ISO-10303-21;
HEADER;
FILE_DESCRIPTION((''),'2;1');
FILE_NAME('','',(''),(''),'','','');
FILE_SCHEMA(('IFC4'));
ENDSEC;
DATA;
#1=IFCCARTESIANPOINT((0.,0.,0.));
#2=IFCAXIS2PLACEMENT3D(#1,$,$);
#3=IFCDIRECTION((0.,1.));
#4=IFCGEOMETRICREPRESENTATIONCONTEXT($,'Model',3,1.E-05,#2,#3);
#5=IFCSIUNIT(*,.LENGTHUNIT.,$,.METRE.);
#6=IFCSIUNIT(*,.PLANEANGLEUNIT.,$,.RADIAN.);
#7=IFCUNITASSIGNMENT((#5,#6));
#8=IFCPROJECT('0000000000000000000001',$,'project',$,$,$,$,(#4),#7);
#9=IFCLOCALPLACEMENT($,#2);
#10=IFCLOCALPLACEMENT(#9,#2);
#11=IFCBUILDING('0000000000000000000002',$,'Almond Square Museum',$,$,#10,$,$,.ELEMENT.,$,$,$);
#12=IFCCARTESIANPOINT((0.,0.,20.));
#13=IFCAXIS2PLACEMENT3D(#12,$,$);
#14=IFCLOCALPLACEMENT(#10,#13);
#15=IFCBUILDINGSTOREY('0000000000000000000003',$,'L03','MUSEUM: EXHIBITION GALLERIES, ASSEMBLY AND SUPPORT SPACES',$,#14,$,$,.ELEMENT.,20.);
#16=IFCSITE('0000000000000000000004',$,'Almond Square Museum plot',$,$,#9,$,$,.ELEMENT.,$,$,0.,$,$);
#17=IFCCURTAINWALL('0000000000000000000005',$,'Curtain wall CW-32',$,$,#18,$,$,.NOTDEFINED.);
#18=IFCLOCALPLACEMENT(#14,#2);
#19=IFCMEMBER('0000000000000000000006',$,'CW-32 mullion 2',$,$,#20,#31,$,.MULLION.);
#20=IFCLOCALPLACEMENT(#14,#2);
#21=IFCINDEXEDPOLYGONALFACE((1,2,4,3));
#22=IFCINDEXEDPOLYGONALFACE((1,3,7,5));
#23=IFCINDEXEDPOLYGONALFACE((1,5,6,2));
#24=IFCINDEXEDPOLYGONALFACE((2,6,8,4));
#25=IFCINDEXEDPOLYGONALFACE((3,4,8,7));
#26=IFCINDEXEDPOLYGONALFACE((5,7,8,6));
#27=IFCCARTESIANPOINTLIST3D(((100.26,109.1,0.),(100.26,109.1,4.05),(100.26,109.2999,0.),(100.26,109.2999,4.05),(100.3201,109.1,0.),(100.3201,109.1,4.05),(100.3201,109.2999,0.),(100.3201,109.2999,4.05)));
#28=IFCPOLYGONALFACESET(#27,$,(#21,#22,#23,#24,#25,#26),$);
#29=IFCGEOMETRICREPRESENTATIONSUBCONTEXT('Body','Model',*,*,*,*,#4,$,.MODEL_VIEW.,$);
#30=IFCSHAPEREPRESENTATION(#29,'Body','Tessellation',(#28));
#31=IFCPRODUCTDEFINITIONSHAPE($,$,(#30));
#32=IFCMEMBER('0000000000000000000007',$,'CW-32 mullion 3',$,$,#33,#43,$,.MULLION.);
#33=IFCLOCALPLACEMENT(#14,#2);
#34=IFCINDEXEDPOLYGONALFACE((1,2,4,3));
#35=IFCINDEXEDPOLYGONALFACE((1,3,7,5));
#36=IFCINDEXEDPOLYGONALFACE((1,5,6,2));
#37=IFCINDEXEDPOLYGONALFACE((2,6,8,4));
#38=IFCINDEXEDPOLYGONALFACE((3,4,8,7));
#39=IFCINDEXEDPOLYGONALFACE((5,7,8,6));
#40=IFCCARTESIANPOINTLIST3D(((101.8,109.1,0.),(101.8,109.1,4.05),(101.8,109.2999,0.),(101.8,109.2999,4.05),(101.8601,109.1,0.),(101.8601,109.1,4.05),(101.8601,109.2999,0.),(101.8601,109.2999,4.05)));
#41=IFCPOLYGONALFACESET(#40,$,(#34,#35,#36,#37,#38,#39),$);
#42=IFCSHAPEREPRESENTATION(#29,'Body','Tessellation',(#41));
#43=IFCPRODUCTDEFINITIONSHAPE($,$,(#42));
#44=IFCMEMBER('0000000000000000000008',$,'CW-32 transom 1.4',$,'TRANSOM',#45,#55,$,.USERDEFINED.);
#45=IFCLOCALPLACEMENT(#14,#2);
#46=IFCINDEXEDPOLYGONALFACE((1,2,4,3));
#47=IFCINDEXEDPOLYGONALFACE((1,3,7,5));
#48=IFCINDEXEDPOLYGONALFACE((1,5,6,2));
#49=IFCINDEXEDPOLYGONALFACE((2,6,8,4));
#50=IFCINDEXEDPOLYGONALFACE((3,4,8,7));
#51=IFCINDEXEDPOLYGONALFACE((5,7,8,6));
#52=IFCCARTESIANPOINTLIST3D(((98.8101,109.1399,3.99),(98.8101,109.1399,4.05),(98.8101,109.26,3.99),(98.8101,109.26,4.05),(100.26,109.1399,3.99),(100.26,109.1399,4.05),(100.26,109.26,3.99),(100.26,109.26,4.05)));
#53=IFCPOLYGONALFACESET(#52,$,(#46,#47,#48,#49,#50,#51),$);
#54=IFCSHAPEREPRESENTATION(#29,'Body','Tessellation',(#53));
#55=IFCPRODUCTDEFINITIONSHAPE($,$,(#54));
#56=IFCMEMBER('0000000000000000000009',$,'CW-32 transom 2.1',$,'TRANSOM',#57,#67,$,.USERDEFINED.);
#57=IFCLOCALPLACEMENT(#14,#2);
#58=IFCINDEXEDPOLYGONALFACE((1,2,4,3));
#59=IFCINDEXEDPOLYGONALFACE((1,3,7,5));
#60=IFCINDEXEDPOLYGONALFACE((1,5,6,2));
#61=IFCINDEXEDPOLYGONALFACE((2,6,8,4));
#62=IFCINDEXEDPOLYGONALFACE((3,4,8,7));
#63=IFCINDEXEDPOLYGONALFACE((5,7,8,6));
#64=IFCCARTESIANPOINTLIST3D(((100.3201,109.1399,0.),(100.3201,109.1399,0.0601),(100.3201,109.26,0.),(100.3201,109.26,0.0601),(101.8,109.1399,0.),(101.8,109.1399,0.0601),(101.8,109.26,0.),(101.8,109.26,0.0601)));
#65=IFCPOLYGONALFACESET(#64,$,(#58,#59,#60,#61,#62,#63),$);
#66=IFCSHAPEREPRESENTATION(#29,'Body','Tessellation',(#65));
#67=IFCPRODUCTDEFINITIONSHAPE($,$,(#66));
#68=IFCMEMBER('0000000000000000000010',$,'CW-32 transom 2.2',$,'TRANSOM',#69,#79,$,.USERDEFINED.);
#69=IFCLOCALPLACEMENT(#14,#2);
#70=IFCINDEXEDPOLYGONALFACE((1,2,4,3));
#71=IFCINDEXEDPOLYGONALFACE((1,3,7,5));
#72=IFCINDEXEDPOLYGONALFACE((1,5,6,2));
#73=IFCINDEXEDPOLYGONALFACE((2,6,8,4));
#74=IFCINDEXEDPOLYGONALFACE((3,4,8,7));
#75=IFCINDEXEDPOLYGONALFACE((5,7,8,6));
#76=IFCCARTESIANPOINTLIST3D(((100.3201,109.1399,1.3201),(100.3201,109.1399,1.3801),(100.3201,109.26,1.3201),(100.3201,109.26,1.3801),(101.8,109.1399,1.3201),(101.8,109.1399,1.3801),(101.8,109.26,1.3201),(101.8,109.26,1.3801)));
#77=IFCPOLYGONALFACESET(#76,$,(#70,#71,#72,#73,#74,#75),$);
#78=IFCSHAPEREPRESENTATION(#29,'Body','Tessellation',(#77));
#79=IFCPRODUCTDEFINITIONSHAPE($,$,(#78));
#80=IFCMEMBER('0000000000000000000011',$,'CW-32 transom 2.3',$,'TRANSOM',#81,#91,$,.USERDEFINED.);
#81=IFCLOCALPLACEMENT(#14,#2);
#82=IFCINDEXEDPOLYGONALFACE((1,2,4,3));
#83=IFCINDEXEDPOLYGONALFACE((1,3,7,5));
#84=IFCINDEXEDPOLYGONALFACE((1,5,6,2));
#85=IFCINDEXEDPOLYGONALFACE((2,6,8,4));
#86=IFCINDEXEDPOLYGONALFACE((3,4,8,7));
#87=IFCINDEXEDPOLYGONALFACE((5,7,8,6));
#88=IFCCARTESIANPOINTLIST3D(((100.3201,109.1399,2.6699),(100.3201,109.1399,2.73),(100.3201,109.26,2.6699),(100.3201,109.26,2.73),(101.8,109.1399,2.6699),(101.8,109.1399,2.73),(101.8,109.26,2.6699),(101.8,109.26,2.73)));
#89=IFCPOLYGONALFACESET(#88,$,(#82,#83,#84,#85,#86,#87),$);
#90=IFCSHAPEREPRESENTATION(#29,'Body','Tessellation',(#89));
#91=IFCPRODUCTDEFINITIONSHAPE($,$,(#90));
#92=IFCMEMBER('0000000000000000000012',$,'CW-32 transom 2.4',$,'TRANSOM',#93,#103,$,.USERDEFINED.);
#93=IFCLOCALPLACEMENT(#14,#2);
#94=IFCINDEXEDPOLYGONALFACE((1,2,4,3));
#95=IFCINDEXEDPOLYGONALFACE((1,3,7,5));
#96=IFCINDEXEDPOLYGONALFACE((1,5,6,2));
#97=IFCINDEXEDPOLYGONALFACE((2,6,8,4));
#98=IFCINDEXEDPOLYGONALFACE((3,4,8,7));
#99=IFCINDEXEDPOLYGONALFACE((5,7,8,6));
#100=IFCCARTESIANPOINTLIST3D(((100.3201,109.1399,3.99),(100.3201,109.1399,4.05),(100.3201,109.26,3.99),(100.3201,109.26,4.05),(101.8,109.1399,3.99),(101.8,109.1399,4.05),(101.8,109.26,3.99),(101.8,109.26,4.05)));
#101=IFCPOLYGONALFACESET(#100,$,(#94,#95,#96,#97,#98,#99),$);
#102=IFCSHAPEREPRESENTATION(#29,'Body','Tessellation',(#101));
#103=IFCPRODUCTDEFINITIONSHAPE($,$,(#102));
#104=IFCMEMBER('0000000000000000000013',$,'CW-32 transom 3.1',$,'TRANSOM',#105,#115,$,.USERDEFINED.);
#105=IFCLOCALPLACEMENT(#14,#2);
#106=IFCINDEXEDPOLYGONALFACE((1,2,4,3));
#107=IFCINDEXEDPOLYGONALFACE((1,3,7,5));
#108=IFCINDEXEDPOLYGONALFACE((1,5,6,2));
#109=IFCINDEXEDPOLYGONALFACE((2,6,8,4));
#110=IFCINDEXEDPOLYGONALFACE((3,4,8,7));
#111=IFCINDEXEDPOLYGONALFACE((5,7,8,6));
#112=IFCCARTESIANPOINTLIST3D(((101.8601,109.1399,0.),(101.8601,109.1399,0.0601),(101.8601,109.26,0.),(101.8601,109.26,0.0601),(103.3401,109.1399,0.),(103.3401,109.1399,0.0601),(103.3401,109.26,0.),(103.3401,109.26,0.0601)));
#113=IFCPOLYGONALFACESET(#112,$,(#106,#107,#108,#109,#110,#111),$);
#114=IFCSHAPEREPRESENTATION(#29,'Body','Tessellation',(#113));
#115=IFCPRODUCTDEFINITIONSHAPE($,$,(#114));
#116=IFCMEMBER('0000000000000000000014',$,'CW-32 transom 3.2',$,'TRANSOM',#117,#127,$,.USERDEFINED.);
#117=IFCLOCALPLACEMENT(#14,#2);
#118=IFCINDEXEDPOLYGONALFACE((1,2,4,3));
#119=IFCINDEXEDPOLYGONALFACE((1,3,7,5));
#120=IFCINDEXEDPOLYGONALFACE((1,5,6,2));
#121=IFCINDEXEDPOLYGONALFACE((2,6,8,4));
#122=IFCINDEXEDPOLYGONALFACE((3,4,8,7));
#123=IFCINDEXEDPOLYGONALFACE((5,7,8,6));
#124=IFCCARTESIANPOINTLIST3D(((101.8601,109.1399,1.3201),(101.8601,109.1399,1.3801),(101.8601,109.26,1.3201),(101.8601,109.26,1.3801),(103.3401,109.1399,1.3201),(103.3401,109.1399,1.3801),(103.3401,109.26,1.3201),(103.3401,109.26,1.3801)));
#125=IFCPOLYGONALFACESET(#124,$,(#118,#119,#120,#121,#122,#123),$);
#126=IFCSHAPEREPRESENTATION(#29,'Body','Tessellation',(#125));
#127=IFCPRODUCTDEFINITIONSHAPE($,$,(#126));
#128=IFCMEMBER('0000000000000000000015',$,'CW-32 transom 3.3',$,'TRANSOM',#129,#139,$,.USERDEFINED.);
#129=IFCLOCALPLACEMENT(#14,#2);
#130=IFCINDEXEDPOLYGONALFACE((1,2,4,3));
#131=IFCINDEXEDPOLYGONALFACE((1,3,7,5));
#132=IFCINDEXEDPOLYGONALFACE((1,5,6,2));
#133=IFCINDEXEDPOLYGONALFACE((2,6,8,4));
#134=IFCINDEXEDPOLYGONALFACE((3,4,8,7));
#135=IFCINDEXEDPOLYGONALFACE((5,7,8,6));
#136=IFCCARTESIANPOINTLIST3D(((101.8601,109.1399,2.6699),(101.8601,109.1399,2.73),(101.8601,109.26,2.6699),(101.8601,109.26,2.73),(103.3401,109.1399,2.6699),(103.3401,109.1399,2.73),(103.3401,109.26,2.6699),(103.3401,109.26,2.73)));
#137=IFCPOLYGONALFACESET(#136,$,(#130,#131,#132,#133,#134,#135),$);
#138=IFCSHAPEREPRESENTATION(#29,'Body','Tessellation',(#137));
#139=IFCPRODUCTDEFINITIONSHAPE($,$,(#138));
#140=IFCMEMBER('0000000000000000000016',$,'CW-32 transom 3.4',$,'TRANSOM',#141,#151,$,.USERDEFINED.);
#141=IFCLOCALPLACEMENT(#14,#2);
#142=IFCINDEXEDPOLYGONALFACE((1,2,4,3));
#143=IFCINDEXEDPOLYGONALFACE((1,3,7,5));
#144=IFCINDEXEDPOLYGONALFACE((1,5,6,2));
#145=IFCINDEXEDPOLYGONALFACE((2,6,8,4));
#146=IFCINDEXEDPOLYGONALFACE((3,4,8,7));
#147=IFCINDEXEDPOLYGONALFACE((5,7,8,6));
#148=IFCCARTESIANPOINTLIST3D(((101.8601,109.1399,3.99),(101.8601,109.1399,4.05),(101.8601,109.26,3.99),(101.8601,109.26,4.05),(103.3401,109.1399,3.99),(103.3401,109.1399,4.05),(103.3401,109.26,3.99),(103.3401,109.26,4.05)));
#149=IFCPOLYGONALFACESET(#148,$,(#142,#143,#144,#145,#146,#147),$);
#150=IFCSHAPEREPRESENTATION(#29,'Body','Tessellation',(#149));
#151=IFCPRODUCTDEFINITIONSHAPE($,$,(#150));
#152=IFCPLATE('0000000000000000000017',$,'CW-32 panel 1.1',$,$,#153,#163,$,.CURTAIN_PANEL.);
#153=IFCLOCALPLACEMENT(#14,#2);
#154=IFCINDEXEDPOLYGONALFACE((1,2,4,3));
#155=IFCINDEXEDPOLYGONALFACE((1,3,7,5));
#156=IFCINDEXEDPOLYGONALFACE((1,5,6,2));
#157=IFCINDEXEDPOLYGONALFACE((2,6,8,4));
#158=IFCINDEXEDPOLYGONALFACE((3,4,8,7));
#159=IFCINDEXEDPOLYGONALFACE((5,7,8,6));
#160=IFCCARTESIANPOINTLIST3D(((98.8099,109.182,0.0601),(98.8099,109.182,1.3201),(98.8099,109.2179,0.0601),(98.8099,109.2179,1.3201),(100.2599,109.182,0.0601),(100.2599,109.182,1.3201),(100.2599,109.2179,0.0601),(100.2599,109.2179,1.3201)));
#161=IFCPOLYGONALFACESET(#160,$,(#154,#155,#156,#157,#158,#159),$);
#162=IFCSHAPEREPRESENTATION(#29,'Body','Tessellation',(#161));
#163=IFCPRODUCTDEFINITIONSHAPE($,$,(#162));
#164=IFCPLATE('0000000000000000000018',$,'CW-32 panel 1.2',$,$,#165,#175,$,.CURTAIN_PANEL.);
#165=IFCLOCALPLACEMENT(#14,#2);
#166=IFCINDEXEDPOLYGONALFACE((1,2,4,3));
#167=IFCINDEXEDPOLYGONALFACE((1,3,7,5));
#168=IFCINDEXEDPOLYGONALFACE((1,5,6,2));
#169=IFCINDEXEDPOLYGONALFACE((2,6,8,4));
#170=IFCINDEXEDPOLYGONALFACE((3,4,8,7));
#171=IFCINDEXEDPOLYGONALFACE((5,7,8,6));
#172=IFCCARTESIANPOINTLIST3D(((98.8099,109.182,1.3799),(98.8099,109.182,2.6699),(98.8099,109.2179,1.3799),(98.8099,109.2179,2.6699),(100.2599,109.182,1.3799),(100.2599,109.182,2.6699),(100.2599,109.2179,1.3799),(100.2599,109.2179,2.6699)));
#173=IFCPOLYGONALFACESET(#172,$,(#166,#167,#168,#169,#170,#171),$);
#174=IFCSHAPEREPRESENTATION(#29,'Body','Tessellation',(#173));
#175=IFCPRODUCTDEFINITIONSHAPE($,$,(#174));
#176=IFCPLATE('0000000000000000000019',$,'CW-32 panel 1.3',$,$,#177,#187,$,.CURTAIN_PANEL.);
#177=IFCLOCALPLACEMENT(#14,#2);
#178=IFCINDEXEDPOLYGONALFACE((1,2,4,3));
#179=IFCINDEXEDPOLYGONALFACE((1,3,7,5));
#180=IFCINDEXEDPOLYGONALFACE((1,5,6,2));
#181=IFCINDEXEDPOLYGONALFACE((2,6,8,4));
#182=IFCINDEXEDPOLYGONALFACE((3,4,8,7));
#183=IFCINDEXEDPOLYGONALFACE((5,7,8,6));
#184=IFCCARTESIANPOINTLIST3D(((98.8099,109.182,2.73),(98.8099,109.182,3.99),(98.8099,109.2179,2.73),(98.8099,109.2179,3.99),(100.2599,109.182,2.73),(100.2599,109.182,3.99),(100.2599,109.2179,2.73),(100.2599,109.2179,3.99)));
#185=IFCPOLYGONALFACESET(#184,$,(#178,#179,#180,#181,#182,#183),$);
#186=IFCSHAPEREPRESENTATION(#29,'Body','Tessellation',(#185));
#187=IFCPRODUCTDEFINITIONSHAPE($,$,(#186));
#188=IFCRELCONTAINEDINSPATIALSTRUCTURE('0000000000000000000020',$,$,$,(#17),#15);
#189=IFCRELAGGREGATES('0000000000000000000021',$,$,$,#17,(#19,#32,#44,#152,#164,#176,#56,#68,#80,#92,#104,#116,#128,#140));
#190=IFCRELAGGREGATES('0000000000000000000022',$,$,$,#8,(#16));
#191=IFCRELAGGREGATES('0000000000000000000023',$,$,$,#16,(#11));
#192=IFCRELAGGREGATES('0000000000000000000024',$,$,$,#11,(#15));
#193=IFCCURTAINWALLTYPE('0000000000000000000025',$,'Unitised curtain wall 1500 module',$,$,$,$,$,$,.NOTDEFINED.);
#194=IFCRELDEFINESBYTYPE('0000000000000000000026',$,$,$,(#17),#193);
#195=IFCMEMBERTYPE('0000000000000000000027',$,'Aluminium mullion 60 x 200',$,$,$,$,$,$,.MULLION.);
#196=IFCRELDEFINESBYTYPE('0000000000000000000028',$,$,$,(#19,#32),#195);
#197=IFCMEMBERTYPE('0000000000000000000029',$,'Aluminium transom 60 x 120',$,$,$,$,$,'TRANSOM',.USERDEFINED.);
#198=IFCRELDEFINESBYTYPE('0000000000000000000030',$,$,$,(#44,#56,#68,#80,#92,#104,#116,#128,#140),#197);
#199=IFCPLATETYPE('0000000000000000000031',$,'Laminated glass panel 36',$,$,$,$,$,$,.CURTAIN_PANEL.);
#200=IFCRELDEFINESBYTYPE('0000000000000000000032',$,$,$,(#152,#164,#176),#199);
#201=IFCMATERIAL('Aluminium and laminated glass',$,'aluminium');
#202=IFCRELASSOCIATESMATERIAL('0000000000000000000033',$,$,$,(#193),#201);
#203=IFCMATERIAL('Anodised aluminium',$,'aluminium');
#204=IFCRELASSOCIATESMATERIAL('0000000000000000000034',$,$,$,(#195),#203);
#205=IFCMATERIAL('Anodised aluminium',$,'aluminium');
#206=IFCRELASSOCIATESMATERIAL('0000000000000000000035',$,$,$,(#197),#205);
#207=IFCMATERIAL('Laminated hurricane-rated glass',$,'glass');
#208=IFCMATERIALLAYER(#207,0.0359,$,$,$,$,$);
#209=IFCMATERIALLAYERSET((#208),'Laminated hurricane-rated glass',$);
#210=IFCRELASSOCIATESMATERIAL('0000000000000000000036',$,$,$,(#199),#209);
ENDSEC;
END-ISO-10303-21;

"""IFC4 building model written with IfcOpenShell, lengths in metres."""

from ifc_helpers import new_model, si_unit, direction, frame, origin, origin_2d, place, context, subcontext, project, spatial, rectangle, extrude, material, layer, layer_set, material_profile, profile_set, type_object, element, aggregate, save


model = new_model("IFC4")

# Units and contexts
model_context = context("Model", 3, precision=1e-05, world=origin(), true_north=direction((0.0, 1.0)))
body_context = subcontext(model_context, "Body", "Model", "MODEL_VIEW")
ifc_project = project(units=[si_unit("LENGTHUNIT", "METRE"), si_unit("PLANEANGLEUNIT", "RADIAN")], contexts=[model_context])

# Site, building, storey
site_placement = place(None, origin())
site = spatial("IfcSite", under=ifc_project, at=site_placement, Name="Almond Square Museum plot", CompositionType="ELEMENT", RefElevation=0.0)
building_placement = place(site_placement, origin())
building = spatial("IfcBuilding", under=site, at=building_placement, Name="Almond Square Museum", CompositionType="ELEMENT")
storey_placement = place(building_placement, frame((0.0, 0.0, 20.0)))
storey = spatial("IfcBuildingStorey", under=building, at=storey_placement, Name="L03", Description="MUSEUM: EXHIBITION GALLERIES, ASSEMBLY AND SUPPORT SPACES", CompositionType="ELEMENT", Elevation=20.0)

# Curtain wall, members, plates
ifc_material_1 = material(Name="Aluminium and laminated glass", Category="aluminium")
curtain_wall_type = type_object("IfcCurtainWallType", Name="Unitised curtain wall 1500 module", PredefinedType="NOTDEFINED", material=ifc_material_1)
curtain_wall_placement = place(storey_placement, origin())
curtain_wall = element("IfcCurtainWall", 1, at=curtain_wall_placement, inside=storey, type_object=curtain_wall_type, Name="Curtain wall CW-32", PredefinedType="NOTDEFINED")
ifc_material_2 = material(Name="Anodised aluminium", Category="aluminium")
ifc_material_profile_1 = material_profile(ifc_material_2, rectangle(XDim=0.2, YDim=0.0601, at=origin_2d()))
ifc_profile_set_1 = profile_set([ifc_material_profile_1], Name="Anodised aluminium")
member_type_1 = type_object("IfcMemberType", Name="Aluminium mullion 60 x 200", PredefinedType="MULLION", material=ifc_profile_set_1)
member_1_placement = place(storey_placement, frame((100.29, 109.2, 0.0), z_axis=(0.0, 0.0, 1.0), x_axis=(0.0, 1.0, 0.0)))
member_1 = element("IfcMember", 2, at=member_1_placement, type_object=member_type_1, Name="CW-32 mullion 2", PredefinedType="MULLION", context=body_context, shape_type="SweptSolid", body=[
    extrude(rectangle(XDim=0.2, YDim=0.0601, at=origin_2d()), origin(), (0.0, 0.0, 1.0), 4.05),
])
member_2_placement = place(storey_placement, frame((101.8301, 109.2, 0.0), z_axis=(0.0, 0.0, 1.0), x_axis=(0.0, 1.0, 0.0)))
member_2 = element("IfcMember", 3, at=member_2_placement, type_object=member_type_1, Name="CW-32 mullion 3", PredefinedType="MULLION", context=body_context, shape_type="SweptSolid", body=[
    extrude(rectangle(XDim=0.2, YDim=0.0601, at=origin_2d()), origin(), (0.0, 0.0, 1.0), 4.05),
])
ifc_material_3 = material(Name="Anodised aluminium", Category="aluminium")
ifc_material_profile_2 = material_profile(ifc_material_3, rectangle(XDim=0.1201, YDim=0.0601, at=origin_2d()))
ifc_profile_set_2 = profile_set([ifc_material_profile_2], Name="Anodised aluminium")
member_type_2 = type_object("IfcMemberType", Name="Aluminium transom 60 x 120", ElementType="TRANSOM", PredefinedType="USERDEFINED", material=ifc_profile_set_2)
member_3_placement = place(storey_placement, frame((98.8101, 109.2, 4.02), z_axis=(1.0, 0.0, 0.0), x_axis=(0.0, 1.0, 0.0)))
member_3 = element("IfcMember", 4, at=member_3_placement, type_object=member_type_2, Name="CW-32 transom 1.4", ObjectType="TRANSOM", PredefinedType="USERDEFINED", context=body_context, shape_type="SweptSolid", body=[
    extrude(rectangle(XDim=0.1201, YDim=0.0601, at=origin_2d()), origin(), (0.0, 0.0, 1.0), 1.45),
])
member_4_placement = place(storey_placement, frame((100.3201, 109.2, 0.03), z_axis=(1.0, 0.0, 0.0), x_axis=(0.0, 1.0, 0.0)))
member_4 = element("IfcMember", 5, at=member_4_placement, type_object=member_type_2, Name="CW-32 transom 2.1", ObjectType="TRANSOM", PredefinedType="USERDEFINED", context=body_context, shape_type="SweptSolid", body=[
    extrude(rectangle(XDim=0.1201, YDim=0.0601, at=origin_2d()), origin(), (0.0, 0.0, 1.0), 1.48),
])
member_5_placement = place(storey_placement, frame((100.3201, 109.2, 1.3501), z_axis=(1.0, 0.0, 0.0), x_axis=(0.0, 1.0, 0.0)))
member_5 = element("IfcMember", 6, at=member_5_placement, type_object=member_type_2, Name="CW-32 transom 2.2", ObjectType="TRANSOM", PredefinedType="USERDEFINED", context=body_context, shape_type="SweptSolid", body=[
    extrude(rectangle(XDim=0.1201, YDim=0.0601, at=origin_2d()), origin(), (0.0, 0.0, 1.0), 1.48),
])
member_6_placement = place(storey_placement, frame((100.3201, 109.2, 2.7), z_axis=(1.0, 0.0, 0.0), x_axis=(0.0, 1.0, 0.0)))
member_6 = element("IfcMember", 7, at=member_6_placement, type_object=member_type_2, Name="CW-32 transom 2.3", ObjectType="TRANSOM", PredefinedType="USERDEFINED", context=body_context, shape_type="SweptSolid", body=[
    extrude(rectangle(XDim=0.1201, YDim=0.0601, at=origin_2d()), origin(), (0.0, 0.0, 1.0), 1.48),
])
member_7_placement = place(storey_placement, frame((100.3201, 109.2, 4.02), z_axis=(1.0, 0.0, 0.0), x_axis=(0.0, 1.0, 0.0)))
member_7 = element("IfcMember", 8, at=member_7_placement, type_object=member_type_2, Name="CW-32 transom 2.4", ObjectType="TRANSOM", PredefinedType="USERDEFINED", context=body_context, shape_type="SweptSolid", body=[
    extrude(rectangle(XDim=0.1201, YDim=0.0601, at=origin_2d()), origin(), (0.0, 0.0, 1.0), 1.48),
])
member_8_placement = place(storey_placement, frame((101.8601, 109.2, 0.03), z_axis=(1.0, 0.0, 0.0), x_axis=(0.0, 1.0, 0.0)))
member_8 = element("IfcMember", 9, at=member_8_placement, type_object=member_type_2, Name="CW-32 transom 3.1", ObjectType="TRANSOM", PredefinedType="USERDEFINED", context=body_context, shape_type="SweptSolid", body=[
    extrude(rectangle(XDim=0.1201, YDim=0.0601, at=origin_2d()), origin(), (0.0, 0.0, 1.0), 1.48),
])
member_9_placement = place(storey_placement, frame((101.8601, 109.2, 1.3501), z_axis=(1.0, 0.0, 0.0), x_axis=(0.0, 1.0, 0.0)))
member_9 = element("IfcMember", 10, at=member_9_placement, type_object=member_type_2, Name="CW-32 transom 3.2", ObjectType="TRANSOM", PredefinedType="USERDEFINED", context=body_context, shape_type="SweptSolid", body=[
    extrude(rectangle(XDim=0.1201, YDim=0.0601, at=origin_2d()), origin(), (0.0, 0.0, 1.0), 1.48),
])
member_10_placement = place(storey_placement, frame((101.8601, 109.2, 2.7), z_axis=(1.0, 0.0, 0.0), x_axis=(0.0, 1.0, 0.0)))
member_10 = element("IfcMember", 11, at=member_10_placement, type_object=member_type_2, Name="CW-32 transom 3.3", ObjectType="TRANSOM", PredefinedType="USERDEFINED", context=body_context, shape_type="SweptSolid", body=[
    extrude(rectangle(XDim=0.1201, YDim=0.0601, at=origin_2d()), origin(), (0.0, 0.0, 1.0), 1.48),
])
member_11_placement = place(storey_placement, frame((101.8601, 109.2, 4.02), z_axis=(1.0, 0.0, 0.0), x_axis=(0.0, 1.0, 0.0)))
member_11 = element("IfcMember", 12, at=member_11_placement, type_object=member_type_2, Name="CW-32 transom 3.4", ObjectType="TRANSOM", PredefinedType="USERDEFINED", context=body_context, shape_type="SweptSolid", body=[
    extrude(rectangle(XDim=0.1201, YDim=0.0601, at=origin_2d()), origin(), (0.0, 0.0, 1.0), 1.48),
])
ifc_material_4 = material(Name="Laminated hurricane-rated glass", Category="glass")
ifc_layer_1 = layer(ifc_material_4, 0.0359)
ifc_layer_set_1 = layer_set([ifc_layer_1], Name="Laminated hurricane-rated glass")
plate_type = type_object("IfcPlateType", Name="Laminated glass panel 36", PredefinedType="CURTAIN_PANEL", material=ifc_layer_set_1)
plate_1_placement = place(storey_placement, frame((99.5349, 109.2, 0.0601), z_axis=(0.0, 0.0, 1.0), x_axis=(1.0, 0.0, 0.0)))
plate_1 = element("IfcPlate", 13, at=plate_1_placement, type_object=plate_type, Name="CW-32 panel 1.1", PredefinedType="CURTAIN_PANEL", context=body_context, shape_type="SweptSolid", body=[
    extrude(rectangle(XDim=1.45, YDim=0.0359, at=origin_2d()), origin(), (0.0, 0.0, 1.0), 1.26),
])
plate_2_placement = place(storey_placement, frame((99.5349, 109.2, 1.3799), z_axis=(0.0, 0.0, 1.0), x_axis=(1.0, 0.0, 0.0)))
plate_2 = element("IfcPlate", 14, at=plate_2_placement, type_object=plate_type, Name="CW-32 panel 1.2", PredefinedType="CURTAIN_PANEL", context=body_context, shape_type="SweptSolid", body=[
    extrude(rectangle(XDim=1.45, YDim=0.0359, at=origin_2d()), origin(), (0.0, 0.0, 1.0), 1.29),
])
plate_3_placement = place(storey_placement, frame((99.5349, 109.2, 2.73), z_axis=(0.0, 0.0, 1.0), x_axis=(1.0, 0.0, 0.0)))
plate_3 = element("IfcPlate", 15, at=plate_3_placement, type_object=plate_type, Name="CW-32 panel 1.3", PredefinedType="CURTAIN_PANEL", context=body_context, shape_type="SweptSolid", body=[
    extrude(rectangle(XDim=1.45, YDim=0.0359, at=origin_2d()), origin(), (0.0, 0.0, 1.0), 1.26),
])
aggregate(curtain_wall, [member_1, member_2, member_3, plate_1, plate_2, plate_3, member_4, member_5, member_6, member_7, member_8, member_9, member_10, member_11])

save(model, "model.ifc")
